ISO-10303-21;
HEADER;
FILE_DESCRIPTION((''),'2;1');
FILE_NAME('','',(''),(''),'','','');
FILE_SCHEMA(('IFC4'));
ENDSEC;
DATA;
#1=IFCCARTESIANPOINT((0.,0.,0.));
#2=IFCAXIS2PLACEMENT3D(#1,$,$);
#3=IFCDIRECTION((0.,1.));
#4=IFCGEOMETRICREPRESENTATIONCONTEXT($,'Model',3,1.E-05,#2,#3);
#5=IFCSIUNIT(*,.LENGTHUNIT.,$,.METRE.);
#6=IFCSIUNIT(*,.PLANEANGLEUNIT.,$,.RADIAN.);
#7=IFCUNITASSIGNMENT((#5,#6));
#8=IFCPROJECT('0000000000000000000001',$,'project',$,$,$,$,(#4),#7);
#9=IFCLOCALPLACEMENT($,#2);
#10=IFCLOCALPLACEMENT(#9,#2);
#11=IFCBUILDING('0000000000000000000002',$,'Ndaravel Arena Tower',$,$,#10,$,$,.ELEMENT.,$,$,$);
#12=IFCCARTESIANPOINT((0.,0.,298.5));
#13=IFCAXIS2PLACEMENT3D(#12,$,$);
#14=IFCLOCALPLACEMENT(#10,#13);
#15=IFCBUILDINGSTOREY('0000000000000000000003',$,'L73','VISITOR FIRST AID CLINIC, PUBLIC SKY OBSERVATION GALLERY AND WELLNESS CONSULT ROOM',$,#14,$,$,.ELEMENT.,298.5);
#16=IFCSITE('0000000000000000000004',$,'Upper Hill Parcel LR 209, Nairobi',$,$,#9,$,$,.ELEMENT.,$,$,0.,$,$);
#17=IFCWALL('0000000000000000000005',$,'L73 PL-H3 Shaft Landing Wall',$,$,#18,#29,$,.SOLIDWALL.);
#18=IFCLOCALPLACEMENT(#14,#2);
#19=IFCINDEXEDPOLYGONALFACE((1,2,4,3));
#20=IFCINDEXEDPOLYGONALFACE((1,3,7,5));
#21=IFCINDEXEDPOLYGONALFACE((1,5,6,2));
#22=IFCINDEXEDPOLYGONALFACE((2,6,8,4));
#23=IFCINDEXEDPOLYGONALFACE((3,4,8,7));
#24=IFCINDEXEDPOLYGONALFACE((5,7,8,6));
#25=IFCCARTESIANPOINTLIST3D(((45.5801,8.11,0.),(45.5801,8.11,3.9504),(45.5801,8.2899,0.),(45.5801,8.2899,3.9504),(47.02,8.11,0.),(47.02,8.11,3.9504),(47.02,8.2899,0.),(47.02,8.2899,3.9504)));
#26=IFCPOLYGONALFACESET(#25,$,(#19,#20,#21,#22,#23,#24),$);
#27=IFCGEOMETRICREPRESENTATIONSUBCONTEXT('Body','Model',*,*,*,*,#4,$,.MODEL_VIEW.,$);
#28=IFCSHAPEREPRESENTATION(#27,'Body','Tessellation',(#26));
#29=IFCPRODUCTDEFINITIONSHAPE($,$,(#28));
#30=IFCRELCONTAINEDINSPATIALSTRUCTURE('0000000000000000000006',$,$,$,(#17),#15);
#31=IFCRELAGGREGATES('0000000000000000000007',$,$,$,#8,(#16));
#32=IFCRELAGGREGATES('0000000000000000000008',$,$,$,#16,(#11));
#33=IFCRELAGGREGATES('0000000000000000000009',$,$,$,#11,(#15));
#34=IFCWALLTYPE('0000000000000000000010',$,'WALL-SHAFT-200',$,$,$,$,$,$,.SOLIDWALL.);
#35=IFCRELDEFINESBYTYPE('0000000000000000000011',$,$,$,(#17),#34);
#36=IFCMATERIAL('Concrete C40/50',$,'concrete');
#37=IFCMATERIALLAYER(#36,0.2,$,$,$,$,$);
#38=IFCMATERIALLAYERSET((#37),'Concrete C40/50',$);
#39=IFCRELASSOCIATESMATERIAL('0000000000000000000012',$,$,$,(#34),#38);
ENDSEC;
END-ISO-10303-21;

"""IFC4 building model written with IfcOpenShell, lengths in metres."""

from ifc_helpers import new_model, si_unit, direction, frame, frame_2d, origin, place, context, subcontext, project, spatial, rectangle, extrude, material, layer, layer_set, type_object, element, save


model = new_model("IFC4")

# Units and contexts
model_context = context("Model", 3, precision=1e-05, world=origin(), true_north=direction((0.0, 1.0)))
body_context = subcontext(model_context, "Body", "Model", "MODEL_VIEW")
ifc_project = project(units=[si_unit("LENGTHUNIT", "METRE"), si_unit("PLANEANGLEUNIT", "RADIAN")], contexts=[model_context])

# Site, building, storey
site_placement = place(None, origin())
site = spatial("IfcSite", under=ifc_project, at=site_placement, Name="Upper Hill Parcel LR 209, Nairobi", CompositionType="ELEMENT", RefElevation=0.0)
building_placement = place(site_placement, origin())
building = spatial("IfcBuilding", under=site, at=building_placement, Name="Ndaravel Arena Tower", CompositionType="ELEMENT")
storey_placement = place(building_placement, frame((0.0, 0.0, 298.5)))
storey = spatial("IfcBuildingStorey", under=building, at=storey_placement, Name="L73", Description="VISITOR FIRST AID CLINIC, PUBLIC SKY OBSERVATION GALLERY AND WELLNESS CONSULT ROOM", CompositionType="ELEMENT", Elevation=298.5)

# Wall
ifc_material_1 = material(Name="Concrete C40/50", Category="concrete")
ifc_layer_1 = layer(ifc_material_1, 0.2)
ifc_layer_set_1 = layer_set([ifc_layer_1], Name="Concrete C40/50")
wall_type_1 = type_object("IfcWallType", Name="WALL-SHAFT-200", PredefinedType="SOLIDWALL", material=ifc_layer_set_1)
wall_1_placement = place(storey_placement, frame((45.5801, 8.2, 0.0), z_axis=(0.0, 0.0, 1.0), x_axis=(1.0, 0.0, 0.0)))
element("IfcWall", 1, at=wall_1_placement, inside=storey, type_object=wall_type_1, Name="L73 PL-H3 Shaft Landing Wall", PredefinedType="SOLIDWALL", context=body_context, shape_type="SweptSolid", body=[
    extrude(rectangle(XDim=1.4399, YDim=0.1799, at=frame_2d((0.72, 0.0))), origin(), (0.0, 0.0, 1.0), 3.9504),
])

save(model, "model.ifc")
